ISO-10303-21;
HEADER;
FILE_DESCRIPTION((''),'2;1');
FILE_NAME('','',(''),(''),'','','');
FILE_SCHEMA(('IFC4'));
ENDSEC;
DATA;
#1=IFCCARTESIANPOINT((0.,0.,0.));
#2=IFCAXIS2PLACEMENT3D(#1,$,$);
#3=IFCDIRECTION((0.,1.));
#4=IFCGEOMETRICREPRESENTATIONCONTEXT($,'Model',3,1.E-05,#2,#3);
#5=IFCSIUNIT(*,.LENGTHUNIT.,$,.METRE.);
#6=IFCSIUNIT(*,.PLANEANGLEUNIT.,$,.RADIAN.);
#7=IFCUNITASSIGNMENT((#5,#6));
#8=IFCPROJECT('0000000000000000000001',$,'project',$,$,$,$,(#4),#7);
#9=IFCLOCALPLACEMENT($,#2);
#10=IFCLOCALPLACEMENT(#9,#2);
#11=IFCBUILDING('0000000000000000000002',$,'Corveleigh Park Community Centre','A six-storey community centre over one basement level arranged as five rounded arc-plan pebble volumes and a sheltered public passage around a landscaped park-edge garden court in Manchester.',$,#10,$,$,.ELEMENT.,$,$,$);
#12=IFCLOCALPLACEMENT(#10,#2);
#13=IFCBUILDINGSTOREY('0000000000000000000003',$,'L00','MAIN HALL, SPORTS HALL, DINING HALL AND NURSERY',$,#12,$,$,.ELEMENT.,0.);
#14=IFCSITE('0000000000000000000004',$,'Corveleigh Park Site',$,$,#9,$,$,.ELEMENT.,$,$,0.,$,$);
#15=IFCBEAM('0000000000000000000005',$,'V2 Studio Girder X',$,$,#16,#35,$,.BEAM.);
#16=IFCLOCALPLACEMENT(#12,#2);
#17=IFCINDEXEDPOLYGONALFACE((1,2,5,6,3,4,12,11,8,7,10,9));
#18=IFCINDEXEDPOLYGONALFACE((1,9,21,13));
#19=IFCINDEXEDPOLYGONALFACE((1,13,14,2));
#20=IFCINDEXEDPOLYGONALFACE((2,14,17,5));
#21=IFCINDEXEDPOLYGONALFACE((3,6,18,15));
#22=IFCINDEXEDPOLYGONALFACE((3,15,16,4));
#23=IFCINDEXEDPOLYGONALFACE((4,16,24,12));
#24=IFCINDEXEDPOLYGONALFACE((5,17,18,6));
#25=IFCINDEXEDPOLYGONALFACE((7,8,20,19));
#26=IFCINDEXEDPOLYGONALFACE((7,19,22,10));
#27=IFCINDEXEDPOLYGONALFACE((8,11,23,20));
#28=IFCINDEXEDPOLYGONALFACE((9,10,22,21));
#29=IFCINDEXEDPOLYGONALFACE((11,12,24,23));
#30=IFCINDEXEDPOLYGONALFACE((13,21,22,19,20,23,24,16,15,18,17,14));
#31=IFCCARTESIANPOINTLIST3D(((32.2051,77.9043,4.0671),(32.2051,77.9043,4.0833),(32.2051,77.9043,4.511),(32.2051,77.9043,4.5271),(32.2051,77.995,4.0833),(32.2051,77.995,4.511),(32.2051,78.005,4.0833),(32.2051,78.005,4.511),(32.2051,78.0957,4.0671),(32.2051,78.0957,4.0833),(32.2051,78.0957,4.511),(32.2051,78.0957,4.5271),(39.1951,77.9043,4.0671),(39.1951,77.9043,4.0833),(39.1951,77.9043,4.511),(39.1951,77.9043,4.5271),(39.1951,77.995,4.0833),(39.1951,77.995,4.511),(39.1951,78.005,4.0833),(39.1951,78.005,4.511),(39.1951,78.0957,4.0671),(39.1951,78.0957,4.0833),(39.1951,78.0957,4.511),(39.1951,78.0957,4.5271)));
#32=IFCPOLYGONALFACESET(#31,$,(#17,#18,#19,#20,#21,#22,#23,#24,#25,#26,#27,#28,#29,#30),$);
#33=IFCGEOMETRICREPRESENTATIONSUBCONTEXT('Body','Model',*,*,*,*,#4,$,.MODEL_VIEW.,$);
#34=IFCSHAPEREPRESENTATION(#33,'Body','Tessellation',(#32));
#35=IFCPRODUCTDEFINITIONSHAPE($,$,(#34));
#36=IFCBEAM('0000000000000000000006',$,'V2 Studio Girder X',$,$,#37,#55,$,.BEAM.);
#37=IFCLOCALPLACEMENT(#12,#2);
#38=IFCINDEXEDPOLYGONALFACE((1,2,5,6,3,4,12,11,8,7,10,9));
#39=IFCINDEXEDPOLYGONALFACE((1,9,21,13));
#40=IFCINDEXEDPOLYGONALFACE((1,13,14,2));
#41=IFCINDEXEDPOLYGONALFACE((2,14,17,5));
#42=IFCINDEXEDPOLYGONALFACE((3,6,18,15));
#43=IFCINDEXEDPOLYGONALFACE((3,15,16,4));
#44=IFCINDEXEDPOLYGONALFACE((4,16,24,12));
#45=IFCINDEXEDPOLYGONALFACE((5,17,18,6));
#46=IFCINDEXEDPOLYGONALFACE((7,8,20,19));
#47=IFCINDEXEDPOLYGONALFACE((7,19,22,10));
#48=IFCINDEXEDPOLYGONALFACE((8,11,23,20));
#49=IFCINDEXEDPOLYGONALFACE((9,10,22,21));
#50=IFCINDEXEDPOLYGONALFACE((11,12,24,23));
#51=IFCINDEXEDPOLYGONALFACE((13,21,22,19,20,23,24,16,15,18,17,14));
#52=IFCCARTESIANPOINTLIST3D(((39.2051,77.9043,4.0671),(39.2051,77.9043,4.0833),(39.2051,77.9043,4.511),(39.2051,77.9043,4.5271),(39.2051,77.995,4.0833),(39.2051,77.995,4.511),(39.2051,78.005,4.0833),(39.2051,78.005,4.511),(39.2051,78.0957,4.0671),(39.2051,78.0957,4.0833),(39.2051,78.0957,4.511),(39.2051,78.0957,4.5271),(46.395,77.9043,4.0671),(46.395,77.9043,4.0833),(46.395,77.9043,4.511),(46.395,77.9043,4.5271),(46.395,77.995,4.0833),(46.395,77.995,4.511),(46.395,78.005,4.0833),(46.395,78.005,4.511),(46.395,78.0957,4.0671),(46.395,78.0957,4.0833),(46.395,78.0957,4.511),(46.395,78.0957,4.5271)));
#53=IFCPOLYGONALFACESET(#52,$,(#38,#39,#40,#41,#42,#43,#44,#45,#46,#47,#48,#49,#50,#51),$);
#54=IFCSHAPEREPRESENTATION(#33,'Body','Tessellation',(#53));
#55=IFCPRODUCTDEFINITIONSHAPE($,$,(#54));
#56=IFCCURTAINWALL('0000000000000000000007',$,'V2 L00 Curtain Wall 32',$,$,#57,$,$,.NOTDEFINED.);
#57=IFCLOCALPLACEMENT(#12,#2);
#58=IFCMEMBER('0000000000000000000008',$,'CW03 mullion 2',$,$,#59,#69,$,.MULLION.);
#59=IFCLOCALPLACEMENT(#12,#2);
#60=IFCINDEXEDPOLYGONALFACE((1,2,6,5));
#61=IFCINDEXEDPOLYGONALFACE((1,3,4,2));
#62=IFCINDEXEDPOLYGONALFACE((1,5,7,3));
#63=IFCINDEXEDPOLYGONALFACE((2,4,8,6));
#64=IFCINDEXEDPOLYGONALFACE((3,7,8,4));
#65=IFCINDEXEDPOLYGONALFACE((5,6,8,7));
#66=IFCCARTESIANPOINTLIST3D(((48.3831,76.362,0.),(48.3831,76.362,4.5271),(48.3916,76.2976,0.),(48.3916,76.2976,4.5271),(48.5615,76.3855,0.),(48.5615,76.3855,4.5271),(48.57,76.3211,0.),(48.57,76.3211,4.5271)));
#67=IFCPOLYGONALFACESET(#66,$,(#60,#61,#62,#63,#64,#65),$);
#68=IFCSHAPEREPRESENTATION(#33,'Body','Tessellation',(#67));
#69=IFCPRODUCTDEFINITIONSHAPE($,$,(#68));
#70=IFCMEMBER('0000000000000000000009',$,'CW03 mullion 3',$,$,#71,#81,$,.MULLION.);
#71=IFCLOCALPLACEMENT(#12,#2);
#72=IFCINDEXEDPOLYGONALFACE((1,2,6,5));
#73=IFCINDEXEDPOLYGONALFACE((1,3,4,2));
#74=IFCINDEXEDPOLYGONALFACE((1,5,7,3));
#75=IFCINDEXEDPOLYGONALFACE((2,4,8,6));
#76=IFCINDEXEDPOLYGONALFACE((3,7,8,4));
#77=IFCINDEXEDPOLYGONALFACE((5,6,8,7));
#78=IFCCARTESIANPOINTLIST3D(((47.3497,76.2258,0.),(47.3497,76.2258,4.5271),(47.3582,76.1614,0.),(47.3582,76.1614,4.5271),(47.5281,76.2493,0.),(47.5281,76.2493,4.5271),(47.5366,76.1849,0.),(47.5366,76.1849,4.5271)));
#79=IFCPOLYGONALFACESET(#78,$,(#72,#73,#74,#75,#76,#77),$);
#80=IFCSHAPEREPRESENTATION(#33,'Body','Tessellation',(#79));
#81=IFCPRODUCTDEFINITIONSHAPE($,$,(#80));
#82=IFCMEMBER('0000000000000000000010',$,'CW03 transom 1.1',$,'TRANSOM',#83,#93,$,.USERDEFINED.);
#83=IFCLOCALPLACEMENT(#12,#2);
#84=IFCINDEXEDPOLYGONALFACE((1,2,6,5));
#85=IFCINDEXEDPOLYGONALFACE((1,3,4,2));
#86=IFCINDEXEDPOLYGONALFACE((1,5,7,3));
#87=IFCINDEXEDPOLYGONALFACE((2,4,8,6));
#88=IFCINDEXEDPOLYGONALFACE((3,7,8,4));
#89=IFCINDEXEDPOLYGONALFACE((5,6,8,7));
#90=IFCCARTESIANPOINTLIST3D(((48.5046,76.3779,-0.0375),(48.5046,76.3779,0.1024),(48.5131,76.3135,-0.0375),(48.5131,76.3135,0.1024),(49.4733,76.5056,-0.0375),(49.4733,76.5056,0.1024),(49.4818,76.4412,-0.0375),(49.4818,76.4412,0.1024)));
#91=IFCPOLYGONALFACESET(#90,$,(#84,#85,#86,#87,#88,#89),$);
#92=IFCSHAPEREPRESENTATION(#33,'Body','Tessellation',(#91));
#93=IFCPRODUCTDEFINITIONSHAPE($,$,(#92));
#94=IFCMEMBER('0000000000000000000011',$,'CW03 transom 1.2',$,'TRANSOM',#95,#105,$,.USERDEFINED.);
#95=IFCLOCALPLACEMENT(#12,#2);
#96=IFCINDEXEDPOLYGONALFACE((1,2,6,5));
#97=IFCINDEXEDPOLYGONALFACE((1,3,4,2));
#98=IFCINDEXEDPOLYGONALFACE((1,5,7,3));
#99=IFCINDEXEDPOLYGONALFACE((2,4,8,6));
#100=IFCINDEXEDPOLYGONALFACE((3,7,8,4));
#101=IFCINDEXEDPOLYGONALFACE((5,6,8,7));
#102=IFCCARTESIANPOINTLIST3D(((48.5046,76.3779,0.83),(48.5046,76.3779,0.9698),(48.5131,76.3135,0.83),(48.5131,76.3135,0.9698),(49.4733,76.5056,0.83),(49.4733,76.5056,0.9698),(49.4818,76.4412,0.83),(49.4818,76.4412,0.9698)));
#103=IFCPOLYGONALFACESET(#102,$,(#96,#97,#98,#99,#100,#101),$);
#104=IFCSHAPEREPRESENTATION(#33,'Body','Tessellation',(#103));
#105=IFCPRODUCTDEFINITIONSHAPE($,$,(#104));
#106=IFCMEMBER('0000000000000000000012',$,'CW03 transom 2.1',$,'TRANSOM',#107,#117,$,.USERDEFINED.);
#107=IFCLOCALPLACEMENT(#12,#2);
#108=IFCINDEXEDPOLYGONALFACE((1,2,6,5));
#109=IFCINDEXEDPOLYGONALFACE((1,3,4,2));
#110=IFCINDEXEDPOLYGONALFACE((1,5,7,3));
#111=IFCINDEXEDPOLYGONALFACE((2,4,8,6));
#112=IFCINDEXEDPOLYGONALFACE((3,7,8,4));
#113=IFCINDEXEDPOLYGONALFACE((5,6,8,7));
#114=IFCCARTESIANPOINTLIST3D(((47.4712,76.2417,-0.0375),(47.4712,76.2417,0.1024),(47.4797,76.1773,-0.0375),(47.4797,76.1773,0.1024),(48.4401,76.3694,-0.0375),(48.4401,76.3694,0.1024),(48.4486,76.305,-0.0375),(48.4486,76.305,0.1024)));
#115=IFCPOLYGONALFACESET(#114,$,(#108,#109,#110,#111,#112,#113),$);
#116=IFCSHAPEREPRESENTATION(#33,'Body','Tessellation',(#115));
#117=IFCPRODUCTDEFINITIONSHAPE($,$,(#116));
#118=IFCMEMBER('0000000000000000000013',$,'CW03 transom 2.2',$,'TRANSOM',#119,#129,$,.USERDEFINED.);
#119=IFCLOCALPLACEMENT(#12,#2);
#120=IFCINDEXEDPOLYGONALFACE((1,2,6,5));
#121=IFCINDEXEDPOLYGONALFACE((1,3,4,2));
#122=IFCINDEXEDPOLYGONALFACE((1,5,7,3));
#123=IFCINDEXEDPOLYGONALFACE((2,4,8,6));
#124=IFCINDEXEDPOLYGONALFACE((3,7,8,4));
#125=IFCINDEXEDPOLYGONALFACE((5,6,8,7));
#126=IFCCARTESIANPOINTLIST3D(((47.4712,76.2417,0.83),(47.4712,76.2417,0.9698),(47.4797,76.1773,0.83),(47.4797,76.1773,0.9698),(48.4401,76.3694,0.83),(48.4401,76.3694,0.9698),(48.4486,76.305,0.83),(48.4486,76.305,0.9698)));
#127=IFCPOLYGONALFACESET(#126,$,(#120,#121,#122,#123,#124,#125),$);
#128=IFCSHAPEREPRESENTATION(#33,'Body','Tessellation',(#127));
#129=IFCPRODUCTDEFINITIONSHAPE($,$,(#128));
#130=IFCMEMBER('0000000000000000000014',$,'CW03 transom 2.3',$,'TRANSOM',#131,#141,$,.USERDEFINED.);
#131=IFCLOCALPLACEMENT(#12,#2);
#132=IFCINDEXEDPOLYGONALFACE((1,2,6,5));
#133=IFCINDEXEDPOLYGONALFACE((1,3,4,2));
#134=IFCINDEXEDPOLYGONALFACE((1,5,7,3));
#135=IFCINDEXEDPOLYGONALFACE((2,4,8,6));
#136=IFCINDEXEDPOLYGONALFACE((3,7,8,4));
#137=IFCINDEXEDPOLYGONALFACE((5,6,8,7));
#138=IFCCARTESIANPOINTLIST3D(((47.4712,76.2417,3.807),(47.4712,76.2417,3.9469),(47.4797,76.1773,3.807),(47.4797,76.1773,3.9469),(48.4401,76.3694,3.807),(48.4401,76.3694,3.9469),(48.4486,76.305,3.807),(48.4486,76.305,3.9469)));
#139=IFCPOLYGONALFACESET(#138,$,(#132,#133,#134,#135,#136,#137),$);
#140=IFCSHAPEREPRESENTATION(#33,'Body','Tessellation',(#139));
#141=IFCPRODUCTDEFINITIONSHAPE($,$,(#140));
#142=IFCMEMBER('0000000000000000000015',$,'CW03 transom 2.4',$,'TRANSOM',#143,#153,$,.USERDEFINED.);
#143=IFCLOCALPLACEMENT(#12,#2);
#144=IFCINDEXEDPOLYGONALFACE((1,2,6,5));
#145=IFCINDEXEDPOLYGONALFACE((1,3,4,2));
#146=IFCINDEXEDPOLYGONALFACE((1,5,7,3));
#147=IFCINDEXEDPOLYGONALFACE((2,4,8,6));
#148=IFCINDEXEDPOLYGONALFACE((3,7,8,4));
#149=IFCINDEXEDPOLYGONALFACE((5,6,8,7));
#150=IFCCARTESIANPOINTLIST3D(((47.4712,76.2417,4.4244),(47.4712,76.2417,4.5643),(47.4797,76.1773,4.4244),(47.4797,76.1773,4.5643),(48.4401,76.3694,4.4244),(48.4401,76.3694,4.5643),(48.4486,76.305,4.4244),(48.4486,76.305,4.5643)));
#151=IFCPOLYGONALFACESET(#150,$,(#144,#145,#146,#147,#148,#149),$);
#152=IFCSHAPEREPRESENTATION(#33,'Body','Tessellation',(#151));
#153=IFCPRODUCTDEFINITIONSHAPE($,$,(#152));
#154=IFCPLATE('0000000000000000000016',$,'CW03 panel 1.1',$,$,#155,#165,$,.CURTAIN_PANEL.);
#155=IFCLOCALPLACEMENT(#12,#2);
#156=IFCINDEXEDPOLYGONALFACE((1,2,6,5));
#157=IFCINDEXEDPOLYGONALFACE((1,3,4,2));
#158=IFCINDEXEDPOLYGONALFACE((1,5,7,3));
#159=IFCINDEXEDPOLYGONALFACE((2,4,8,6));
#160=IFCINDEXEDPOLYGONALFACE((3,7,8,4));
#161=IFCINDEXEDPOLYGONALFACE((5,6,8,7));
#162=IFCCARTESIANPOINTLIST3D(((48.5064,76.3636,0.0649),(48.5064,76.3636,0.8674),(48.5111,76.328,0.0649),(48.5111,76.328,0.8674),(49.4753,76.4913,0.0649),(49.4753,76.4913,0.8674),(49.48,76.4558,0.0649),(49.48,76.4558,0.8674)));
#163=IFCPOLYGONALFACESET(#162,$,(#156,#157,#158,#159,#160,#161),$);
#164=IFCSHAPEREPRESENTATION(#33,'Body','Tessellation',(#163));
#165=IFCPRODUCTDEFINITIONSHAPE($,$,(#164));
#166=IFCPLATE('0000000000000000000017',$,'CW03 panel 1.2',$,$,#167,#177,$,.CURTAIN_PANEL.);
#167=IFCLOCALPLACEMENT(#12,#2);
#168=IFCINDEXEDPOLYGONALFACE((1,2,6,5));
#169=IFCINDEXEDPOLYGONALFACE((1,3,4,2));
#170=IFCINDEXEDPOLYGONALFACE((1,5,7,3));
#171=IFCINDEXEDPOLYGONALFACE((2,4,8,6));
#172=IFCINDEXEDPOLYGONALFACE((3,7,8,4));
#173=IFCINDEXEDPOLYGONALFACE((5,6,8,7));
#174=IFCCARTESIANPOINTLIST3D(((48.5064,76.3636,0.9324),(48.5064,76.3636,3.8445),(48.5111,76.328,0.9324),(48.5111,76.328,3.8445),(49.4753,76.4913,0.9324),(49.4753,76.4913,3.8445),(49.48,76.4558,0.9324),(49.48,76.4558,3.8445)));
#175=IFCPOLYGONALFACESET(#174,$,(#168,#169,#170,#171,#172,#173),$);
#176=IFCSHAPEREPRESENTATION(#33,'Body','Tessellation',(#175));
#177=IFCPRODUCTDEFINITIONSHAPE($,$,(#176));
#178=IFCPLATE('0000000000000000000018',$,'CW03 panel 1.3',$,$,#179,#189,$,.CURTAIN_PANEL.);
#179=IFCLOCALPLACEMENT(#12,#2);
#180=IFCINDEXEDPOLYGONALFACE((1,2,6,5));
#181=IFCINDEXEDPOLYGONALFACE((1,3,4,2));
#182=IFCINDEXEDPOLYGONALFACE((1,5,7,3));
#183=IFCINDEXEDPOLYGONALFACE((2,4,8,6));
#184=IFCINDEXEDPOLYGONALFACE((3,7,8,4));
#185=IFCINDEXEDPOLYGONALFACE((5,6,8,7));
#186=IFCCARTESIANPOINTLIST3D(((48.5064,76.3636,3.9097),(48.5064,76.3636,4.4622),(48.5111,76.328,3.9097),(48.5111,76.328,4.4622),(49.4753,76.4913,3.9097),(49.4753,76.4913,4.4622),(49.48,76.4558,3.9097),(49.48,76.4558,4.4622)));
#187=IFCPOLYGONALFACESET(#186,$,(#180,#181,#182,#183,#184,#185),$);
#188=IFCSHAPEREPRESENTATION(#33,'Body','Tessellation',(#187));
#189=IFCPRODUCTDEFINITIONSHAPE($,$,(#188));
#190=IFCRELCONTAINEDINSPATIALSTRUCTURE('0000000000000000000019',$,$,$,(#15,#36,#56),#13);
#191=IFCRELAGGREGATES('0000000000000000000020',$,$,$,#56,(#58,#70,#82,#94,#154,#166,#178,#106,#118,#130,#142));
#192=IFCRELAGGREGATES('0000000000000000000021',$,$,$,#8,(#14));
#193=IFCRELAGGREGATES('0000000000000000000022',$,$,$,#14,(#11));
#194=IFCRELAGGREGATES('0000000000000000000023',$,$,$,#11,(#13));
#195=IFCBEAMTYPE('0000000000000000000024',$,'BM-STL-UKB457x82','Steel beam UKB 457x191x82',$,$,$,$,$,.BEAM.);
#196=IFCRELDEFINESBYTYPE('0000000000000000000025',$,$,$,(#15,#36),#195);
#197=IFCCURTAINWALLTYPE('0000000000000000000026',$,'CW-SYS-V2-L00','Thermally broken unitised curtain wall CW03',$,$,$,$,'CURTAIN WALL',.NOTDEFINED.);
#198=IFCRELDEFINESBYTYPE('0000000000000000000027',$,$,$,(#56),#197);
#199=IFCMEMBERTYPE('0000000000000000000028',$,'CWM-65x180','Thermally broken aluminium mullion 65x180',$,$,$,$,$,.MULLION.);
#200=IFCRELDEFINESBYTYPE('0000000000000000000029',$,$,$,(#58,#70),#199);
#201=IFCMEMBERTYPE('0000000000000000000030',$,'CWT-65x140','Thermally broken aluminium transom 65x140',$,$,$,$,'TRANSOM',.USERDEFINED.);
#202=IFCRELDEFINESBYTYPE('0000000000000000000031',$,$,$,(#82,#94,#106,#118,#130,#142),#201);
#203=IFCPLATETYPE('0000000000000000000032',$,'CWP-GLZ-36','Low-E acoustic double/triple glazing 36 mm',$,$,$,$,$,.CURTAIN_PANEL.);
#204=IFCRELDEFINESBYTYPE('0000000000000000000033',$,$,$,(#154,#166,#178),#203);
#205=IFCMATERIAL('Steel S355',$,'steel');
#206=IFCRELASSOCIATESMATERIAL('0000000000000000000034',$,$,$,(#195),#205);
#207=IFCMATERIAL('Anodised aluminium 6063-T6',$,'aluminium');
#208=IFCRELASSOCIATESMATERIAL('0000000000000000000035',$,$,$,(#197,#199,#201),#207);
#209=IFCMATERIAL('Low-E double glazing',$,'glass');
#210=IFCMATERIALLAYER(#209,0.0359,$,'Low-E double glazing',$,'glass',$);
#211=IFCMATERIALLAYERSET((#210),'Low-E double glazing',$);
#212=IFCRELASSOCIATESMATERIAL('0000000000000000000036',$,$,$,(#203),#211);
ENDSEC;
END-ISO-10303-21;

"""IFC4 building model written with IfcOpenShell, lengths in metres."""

from ifc_helpers import new_model, si_unit, direction, frame, origin, origin_2d, place, context, subcontext, project, spatial, rectangle, i_section, extrude, material, layer, layer_set, material_profile, profile_set, type_object, element, aggregate, save


model = new_model("IFC4")

# Units and contexts
model_context = context("Model", 3, precision=1e-05, world=origin(), true_north=direction((0.0, 1.0)))
body_context = subcontext(model_context, "Body", "Model", "MODEL_VIEW")
ifc_project = project(units=[si_unit("LENGTHUNIT", "METRE"), si_unit("PLANEANGLEUNIT", "RADIAN")], contexts=[model_context])

# Site, building, storey
site_placement = place(None, origin())
site = spatial("IfcSite", under=ifc_project, at=site_placement, Name="Corveleigh Park Site", CompositionType="ELEMENT", RefElevation=0.0)
building_placement = place(site_placement, origin())
building = spatial("IfcBuilding", under=site, at=building_placement, Name="Corveleigh Park Community Centre", Description="A six-storey community centre over one basement level arranged as five rounded arc-plan pebble volumes and a sheltered public passage around a landscaped park-edge garden court in Manchester.", CompositionType="ELEMENT")
storey_placement = place(building_placement, origin())
storey = spatial("IfcBuildingStorey", under=building, at=storey_placement, Name="L00", Description="MAIN HALL, SPORTS HALL, DINING HALL AND NURSERY", CompositionType="ELEMENT", Elevation=0.0)

# Shared definitions
ifc_material_1 = material(Name="Steel S355", Category="steel")

# Beams
ifc_material_profile_1 = material_profile(ifc_material_1, i_section(OverallWidth=0.1914, OverallDepth=0.46, WebThickness=0.01, FlangeThickness=0.0161, at=origin_2d()), Name="UKB 457x191x82", Category="steel")
ifc_profile_set_1 = profile_set([ifc_material_profile_1], Name="Steel S355")
beam_type_1 = type_object("IfcBeamType", Name="BM-STL-UKB457x82", Description="Steel beam UKB 457x191x82", PredefinedType="BEAM", material=ifc_profile_set_1)
beam_1_placement = place(storey_placement, frame((32.2051, 78.0, 4.2971), z_axis=(1.0, 0.0, 0.0), x_axis=(0.0, 1.0, 0.0)))
element("IfcBeam", 1, at=beam_1_placement, inside=storey, type_object=beam_type_1, Name="V2 Studio Girder X", PredefinedType="BEAM", context=body_context, shape_type="SweptSolid", body=[
    extrude(i_section(OverallWidth=0.1914, OverallDepth=0.46, WebThickness=0.01, FlangeThickness=0.0161, at=origin_2d()), origin(), (0.0, 0.0, 1.0), 6.99),
])
beam_2_placement = place(storey_placement, frame((39.2051, 78.0, 4.2971), z_axis=(1.0, 0.0, 0.0), x_axis=(0.0, 1.0, 0.0)))
element("IfcBeam", 2, at=beam_2_placement, inside=storey, type_object=beam_type_1, Name="V2 Studio Girder X", PredefinedType="BEAM", context=body_context, shape_type="SweptSolid", body=[
    extrude(i_section(OverallWidth=0.1914, OverallDepth=0.46, WebThickness=0.01, FlangeThickness=0.0161, at=origin_2d()), origin(), (0.0, 0.0, 1.0), 7.1899),
])

# Curtain wall, members, plates
ifc_material_2 = material(Name="Anodised aluminium 6063-T6", Category="aluminium")
curtain_wall_type = type_object("IfcCurtainWallType", Name="CW-SYS-V2-L00", Description="Thermally broken unitised curtain wall CW03", ElementType="CURTAIN WALL", PredefinedType="NOTDEFINED", material=ifc_material_2)
curtain_wall_placement = place(storey_placement, origin())
curtain_wall = element("IfcCurtainWall", 3, at=curtain_wall_placement, inside=storey, type_object=curtain_wall_type, Name="V2 L00 Curtain Wall 32", PredefinedType="NOTDEFINED")
ifc_material_profile_2 = material_profile(ifc_material_2, rectangle(XDim=0.0649, YDim=0.1799, at=origin_2d()), Name="ALU-M65x180", Category="aluminium")
ifc_profile_set_2 = profile_set([ifc_material_profile_2], Name="Anodised aluminium 6063-T6")
member_type_1 = type_object("IfcMemberType", Name="CWM-65x180", Description="Thermally broken aluminium mullion 65x180", PredefinedType="MULLION", material=ifc_profile_set_2)
member_1_placement = place(storey_placement, frame((48.4766, 76.3416, 0.0), z_axis=(0.0, 0.0, 1.0), x_axis=(0.130731, -0.991418, 0.0)))
member_1 = element("IfcMember", 4, at=member_1_placement, type_object=member_type_1, Name="CW03 mullion 2", PredefinedType="MULLION", context=body_context, shape_type="SweptSolid", body=[
    extrude(rectangle(XDim=0.0649, YDim=0.1799, at=origin_2d()), origin(), (0.0, 0.0, 1.0), 4.5271),
])
member_2_placement = place(storey_placement, frame((47.4431, 76.2053, 0.0), z_axis=(0.0, 0.0, 1.0), x_axis=(0.130731, -0.991418, 0.0)))
member_2 = element("IfcMember", 5, at=member_2_placement, type_object=member_type_1, Name="CW03 mullion 3", PredefinedType="MULLION", context=body_context, shape_type="SweptSolid", body=[
    extrude(rectangle(XDim=0.0649, YDim=0.1799, at=origin_2d()), origin(), (0.0, 0.0, 1.0), 4.5271),
])
ifc_material_profile_3 = material_profile(ifc_material_2, rectangle(XDim=0.0649, YDim=0.1399, at=origin_2d()), Name="ALU-T65x140", Category="aluminium")
ifc_profile_set_3 = profile_set([ifc_material_profile_3], Name="Anodised aluminium 6063-T6")
member_type_2 = type_object("IfcMemberType", Name="CWT-65x140", Description="Thermally broken aluminium transom 65x140", ElementType="TRANSOM", PredefinedType="USERDEFINED", material=ifc_profile_set_3)
member_3_placement = place(storey_placement, frame((49.4775, 76.4734, 0.0325), z_axis=(-0.991425, -0.130674, 0.0), x_axis=(0.130674, -0.991425, 0.0)))
member_3 = element("IfcMember", 6, at=member_3_placement, type_object=member_type_2, Name="CW03 transom 1.1", ObjectType="TRANSOM", PredefinedType="USERDEFINED", context=body_context, shape_type="SweptSolid", body=[
    extrude(rectangle(XDim=0.0649, YDim=0.1399, at=origin_2d()), origin(), (0.0, 0.0, 1.0), 0.9771),
])
member_4_placement = place(storey_placement, frame((49.4775, 76.4734, 0.8999), z_axis=(-0.991425, -0.130674, 0.0), x_axis=(0.130674, -0.991425, 0.0)))
member_4 = element("IfcMember", 7, at=member_4_placement, type_object=member_type_2, Name="CW03 transom 1.2", ObjectType="TRANSOM", PredefinedType="USERDEFINED", context=body_context, shape_type="SweptSolid", body=[
    extrude(rectangle(XDim=0.0649, YDim=0.1399, at=origin_2d()), origin(), (0.0, 0.0, 1.0), 0.9771),
])
member_5_placement = place(storey_placement, frame((48.4443, 76.3372, 0.0325), z_axis=(-0.99143, -0.130642, 0.0), x_axis=(0.130642, -0.99143, 0.0)))
member_5 = element("IfcMember", 8, at=member_5_placement, type_object=member_type_2, Name="CW03 transom 2.1", ObjectType="TRANSOM", PredefinedType="USERDEFINED", context=body_context, shape_type="SweptSolid", body=[
    extrude(rectangle(XDim=0.0649, YDim=0.1399, at=origin_2d()), origin(), (0.0, 0.0, 1.0), 0.9773),
])
member_6_placement = place(storey_placement, frame((48.4443, 76.3372, 0.8999), z_axis=(-0.99143, -0.130642, 0.0), x_axis=(0.130642, -0.99143, 0.0)))
member_6 = element("IfcMember", 9, at=member_6_placement, type_object=member_type_2, Name="CW03 transom 2.2", ObjectType="TRANSOM", PredefinedType="USERDEFINED", context=body_context, shape_type="SweptSolid", body=[
    extrude(rectangle(XDim=0.0649, YDim=0.1399, at=origin_2d()), origin(), (0.0, 0.0, 1.0), 0.9773),
])
member_7_placement = place(storey_placement, frame((48.4443, 76.3372, 3.877), z_axis=(-0.99143, -0.130642, 0.0), x_axis=(0.130642, -0.99143, 0.0)))
member_7 = element("IfcMember", 10, at=member_7_placement, type_object=member_type_2, Name="CW03 transom 2.3", ObjectType="TRANSOM", PredefinedType="USERDEFINED", context=body_context, shape_type="SweptSolid", body=[
    extrude(rectangle(XDim=0.0649, YDim=0.1399, at=origin_2d()), origin(), (0.0, 0.0, 1.0), 0.9773),
])
member_8_placement = place(storey_placement, frame((48.4443, 76.3372, 4.4944), z_axis=(-0.99143, -0.130642, 0.0), x_axis=(0.130642, -0.99143, 0.0)))
member_8 = element("IfcMember", 11, at=member_8_placement, type_object=member_type_2, Name="CW03 transom 2.4", ObjectType="TRANSOM", PredefinedType="USERDEFINED", context=body_context, shape_type="SweptSolid", body=[
    extrude(rectangle(XDim=0.0649, YDim=0.1399, at=origin_2d()), origin(), (0.0, 0.0, 1.0), 0.9773),
])
ifc_material_3 = material(Name="Low-E double glazing", Category="glass")
ifc_layer_1 = layer(ifc_material_3, 0.0359, Name="Low-E double glazing", Category="glass")
ifc_layer_set_1 = layer_set([ifc_layer_1], Name="Low-E double glazing")
plate_type = type_object("IfcPlateType", Name="CWP-GLZ-36", Description="Low-E acoustic double/triple glazing 36 mm", PredefinedType="CURTAIN_PANEL", material=ifc_layer_set_1)
plate_1_placement = place(storey_placement, frame((48.9932, 76.4097, 0.0649), z_axis=(0.0, 0.0, 1.0), x_axis=(-0.991418, -0.130731, 0.0)))
plate_1 = element("IfcPlate", 12, at=plate_1_placement, type_object=plate_type, Name="CW03 panel 1.1", PredefinedType="CURTAIN_PANEL", context=body_context, shape_type="SweptSolid", body=[
    extrude(rectangle(XDim=0.9773, YDim=0.0359, at=origin_2d()), origin(), (0.0, 0.0, 1.0), 0.8025),
])
plate_2_placement = place(storey_placement, frame((48.9932, 76.4097, 0.9324), z_axis=(0.0, 0.0, 1.0), x_axis=(-0.991418, -0.130731, 0.0)))
plate_2 = element("IfcPlate", 13, at=plate_2_placement, type_object=plate_type, Name="CW03 panel 1.2", PredefinedType="CURTAIN_PANEL", context=body_context, shape_type="SweptSolid", body=[
    extrude(rectangle(XDim=0.9773, YDim=0.0359, at=origin_2d()), origin(), (0.0, 0.0, 1.0), 2.9121),
])
plate_3_placement = place(storey_placement, frame((48.9932, 76.4097, 3.9097), z_axis=(0.0, 0.0, 1.0), x_axis=(-0.991418, -0.130731, 0.0)))
plate_3 = element("IfcPlate", 14, at=plate_3_placement, type_object=plate_type, Name="CW03 panel 1.3", PredefinedType="CURTAIN_PANEL", context=body_context, shape_type="SweptSolid", body=[
    extrude(rectangle(XDim=0.9773, YDim=0.0359, at=origin_2d()), origin(), (0.0, 0.0, 1.0), 0.5525),
])
aggregate(curtain_wall, [member_1, member_2, member_3, member_4, plate_1, plate_2, plate_3, member_5, member_6, member_7, member_8])

save(model, "model.ifc")
